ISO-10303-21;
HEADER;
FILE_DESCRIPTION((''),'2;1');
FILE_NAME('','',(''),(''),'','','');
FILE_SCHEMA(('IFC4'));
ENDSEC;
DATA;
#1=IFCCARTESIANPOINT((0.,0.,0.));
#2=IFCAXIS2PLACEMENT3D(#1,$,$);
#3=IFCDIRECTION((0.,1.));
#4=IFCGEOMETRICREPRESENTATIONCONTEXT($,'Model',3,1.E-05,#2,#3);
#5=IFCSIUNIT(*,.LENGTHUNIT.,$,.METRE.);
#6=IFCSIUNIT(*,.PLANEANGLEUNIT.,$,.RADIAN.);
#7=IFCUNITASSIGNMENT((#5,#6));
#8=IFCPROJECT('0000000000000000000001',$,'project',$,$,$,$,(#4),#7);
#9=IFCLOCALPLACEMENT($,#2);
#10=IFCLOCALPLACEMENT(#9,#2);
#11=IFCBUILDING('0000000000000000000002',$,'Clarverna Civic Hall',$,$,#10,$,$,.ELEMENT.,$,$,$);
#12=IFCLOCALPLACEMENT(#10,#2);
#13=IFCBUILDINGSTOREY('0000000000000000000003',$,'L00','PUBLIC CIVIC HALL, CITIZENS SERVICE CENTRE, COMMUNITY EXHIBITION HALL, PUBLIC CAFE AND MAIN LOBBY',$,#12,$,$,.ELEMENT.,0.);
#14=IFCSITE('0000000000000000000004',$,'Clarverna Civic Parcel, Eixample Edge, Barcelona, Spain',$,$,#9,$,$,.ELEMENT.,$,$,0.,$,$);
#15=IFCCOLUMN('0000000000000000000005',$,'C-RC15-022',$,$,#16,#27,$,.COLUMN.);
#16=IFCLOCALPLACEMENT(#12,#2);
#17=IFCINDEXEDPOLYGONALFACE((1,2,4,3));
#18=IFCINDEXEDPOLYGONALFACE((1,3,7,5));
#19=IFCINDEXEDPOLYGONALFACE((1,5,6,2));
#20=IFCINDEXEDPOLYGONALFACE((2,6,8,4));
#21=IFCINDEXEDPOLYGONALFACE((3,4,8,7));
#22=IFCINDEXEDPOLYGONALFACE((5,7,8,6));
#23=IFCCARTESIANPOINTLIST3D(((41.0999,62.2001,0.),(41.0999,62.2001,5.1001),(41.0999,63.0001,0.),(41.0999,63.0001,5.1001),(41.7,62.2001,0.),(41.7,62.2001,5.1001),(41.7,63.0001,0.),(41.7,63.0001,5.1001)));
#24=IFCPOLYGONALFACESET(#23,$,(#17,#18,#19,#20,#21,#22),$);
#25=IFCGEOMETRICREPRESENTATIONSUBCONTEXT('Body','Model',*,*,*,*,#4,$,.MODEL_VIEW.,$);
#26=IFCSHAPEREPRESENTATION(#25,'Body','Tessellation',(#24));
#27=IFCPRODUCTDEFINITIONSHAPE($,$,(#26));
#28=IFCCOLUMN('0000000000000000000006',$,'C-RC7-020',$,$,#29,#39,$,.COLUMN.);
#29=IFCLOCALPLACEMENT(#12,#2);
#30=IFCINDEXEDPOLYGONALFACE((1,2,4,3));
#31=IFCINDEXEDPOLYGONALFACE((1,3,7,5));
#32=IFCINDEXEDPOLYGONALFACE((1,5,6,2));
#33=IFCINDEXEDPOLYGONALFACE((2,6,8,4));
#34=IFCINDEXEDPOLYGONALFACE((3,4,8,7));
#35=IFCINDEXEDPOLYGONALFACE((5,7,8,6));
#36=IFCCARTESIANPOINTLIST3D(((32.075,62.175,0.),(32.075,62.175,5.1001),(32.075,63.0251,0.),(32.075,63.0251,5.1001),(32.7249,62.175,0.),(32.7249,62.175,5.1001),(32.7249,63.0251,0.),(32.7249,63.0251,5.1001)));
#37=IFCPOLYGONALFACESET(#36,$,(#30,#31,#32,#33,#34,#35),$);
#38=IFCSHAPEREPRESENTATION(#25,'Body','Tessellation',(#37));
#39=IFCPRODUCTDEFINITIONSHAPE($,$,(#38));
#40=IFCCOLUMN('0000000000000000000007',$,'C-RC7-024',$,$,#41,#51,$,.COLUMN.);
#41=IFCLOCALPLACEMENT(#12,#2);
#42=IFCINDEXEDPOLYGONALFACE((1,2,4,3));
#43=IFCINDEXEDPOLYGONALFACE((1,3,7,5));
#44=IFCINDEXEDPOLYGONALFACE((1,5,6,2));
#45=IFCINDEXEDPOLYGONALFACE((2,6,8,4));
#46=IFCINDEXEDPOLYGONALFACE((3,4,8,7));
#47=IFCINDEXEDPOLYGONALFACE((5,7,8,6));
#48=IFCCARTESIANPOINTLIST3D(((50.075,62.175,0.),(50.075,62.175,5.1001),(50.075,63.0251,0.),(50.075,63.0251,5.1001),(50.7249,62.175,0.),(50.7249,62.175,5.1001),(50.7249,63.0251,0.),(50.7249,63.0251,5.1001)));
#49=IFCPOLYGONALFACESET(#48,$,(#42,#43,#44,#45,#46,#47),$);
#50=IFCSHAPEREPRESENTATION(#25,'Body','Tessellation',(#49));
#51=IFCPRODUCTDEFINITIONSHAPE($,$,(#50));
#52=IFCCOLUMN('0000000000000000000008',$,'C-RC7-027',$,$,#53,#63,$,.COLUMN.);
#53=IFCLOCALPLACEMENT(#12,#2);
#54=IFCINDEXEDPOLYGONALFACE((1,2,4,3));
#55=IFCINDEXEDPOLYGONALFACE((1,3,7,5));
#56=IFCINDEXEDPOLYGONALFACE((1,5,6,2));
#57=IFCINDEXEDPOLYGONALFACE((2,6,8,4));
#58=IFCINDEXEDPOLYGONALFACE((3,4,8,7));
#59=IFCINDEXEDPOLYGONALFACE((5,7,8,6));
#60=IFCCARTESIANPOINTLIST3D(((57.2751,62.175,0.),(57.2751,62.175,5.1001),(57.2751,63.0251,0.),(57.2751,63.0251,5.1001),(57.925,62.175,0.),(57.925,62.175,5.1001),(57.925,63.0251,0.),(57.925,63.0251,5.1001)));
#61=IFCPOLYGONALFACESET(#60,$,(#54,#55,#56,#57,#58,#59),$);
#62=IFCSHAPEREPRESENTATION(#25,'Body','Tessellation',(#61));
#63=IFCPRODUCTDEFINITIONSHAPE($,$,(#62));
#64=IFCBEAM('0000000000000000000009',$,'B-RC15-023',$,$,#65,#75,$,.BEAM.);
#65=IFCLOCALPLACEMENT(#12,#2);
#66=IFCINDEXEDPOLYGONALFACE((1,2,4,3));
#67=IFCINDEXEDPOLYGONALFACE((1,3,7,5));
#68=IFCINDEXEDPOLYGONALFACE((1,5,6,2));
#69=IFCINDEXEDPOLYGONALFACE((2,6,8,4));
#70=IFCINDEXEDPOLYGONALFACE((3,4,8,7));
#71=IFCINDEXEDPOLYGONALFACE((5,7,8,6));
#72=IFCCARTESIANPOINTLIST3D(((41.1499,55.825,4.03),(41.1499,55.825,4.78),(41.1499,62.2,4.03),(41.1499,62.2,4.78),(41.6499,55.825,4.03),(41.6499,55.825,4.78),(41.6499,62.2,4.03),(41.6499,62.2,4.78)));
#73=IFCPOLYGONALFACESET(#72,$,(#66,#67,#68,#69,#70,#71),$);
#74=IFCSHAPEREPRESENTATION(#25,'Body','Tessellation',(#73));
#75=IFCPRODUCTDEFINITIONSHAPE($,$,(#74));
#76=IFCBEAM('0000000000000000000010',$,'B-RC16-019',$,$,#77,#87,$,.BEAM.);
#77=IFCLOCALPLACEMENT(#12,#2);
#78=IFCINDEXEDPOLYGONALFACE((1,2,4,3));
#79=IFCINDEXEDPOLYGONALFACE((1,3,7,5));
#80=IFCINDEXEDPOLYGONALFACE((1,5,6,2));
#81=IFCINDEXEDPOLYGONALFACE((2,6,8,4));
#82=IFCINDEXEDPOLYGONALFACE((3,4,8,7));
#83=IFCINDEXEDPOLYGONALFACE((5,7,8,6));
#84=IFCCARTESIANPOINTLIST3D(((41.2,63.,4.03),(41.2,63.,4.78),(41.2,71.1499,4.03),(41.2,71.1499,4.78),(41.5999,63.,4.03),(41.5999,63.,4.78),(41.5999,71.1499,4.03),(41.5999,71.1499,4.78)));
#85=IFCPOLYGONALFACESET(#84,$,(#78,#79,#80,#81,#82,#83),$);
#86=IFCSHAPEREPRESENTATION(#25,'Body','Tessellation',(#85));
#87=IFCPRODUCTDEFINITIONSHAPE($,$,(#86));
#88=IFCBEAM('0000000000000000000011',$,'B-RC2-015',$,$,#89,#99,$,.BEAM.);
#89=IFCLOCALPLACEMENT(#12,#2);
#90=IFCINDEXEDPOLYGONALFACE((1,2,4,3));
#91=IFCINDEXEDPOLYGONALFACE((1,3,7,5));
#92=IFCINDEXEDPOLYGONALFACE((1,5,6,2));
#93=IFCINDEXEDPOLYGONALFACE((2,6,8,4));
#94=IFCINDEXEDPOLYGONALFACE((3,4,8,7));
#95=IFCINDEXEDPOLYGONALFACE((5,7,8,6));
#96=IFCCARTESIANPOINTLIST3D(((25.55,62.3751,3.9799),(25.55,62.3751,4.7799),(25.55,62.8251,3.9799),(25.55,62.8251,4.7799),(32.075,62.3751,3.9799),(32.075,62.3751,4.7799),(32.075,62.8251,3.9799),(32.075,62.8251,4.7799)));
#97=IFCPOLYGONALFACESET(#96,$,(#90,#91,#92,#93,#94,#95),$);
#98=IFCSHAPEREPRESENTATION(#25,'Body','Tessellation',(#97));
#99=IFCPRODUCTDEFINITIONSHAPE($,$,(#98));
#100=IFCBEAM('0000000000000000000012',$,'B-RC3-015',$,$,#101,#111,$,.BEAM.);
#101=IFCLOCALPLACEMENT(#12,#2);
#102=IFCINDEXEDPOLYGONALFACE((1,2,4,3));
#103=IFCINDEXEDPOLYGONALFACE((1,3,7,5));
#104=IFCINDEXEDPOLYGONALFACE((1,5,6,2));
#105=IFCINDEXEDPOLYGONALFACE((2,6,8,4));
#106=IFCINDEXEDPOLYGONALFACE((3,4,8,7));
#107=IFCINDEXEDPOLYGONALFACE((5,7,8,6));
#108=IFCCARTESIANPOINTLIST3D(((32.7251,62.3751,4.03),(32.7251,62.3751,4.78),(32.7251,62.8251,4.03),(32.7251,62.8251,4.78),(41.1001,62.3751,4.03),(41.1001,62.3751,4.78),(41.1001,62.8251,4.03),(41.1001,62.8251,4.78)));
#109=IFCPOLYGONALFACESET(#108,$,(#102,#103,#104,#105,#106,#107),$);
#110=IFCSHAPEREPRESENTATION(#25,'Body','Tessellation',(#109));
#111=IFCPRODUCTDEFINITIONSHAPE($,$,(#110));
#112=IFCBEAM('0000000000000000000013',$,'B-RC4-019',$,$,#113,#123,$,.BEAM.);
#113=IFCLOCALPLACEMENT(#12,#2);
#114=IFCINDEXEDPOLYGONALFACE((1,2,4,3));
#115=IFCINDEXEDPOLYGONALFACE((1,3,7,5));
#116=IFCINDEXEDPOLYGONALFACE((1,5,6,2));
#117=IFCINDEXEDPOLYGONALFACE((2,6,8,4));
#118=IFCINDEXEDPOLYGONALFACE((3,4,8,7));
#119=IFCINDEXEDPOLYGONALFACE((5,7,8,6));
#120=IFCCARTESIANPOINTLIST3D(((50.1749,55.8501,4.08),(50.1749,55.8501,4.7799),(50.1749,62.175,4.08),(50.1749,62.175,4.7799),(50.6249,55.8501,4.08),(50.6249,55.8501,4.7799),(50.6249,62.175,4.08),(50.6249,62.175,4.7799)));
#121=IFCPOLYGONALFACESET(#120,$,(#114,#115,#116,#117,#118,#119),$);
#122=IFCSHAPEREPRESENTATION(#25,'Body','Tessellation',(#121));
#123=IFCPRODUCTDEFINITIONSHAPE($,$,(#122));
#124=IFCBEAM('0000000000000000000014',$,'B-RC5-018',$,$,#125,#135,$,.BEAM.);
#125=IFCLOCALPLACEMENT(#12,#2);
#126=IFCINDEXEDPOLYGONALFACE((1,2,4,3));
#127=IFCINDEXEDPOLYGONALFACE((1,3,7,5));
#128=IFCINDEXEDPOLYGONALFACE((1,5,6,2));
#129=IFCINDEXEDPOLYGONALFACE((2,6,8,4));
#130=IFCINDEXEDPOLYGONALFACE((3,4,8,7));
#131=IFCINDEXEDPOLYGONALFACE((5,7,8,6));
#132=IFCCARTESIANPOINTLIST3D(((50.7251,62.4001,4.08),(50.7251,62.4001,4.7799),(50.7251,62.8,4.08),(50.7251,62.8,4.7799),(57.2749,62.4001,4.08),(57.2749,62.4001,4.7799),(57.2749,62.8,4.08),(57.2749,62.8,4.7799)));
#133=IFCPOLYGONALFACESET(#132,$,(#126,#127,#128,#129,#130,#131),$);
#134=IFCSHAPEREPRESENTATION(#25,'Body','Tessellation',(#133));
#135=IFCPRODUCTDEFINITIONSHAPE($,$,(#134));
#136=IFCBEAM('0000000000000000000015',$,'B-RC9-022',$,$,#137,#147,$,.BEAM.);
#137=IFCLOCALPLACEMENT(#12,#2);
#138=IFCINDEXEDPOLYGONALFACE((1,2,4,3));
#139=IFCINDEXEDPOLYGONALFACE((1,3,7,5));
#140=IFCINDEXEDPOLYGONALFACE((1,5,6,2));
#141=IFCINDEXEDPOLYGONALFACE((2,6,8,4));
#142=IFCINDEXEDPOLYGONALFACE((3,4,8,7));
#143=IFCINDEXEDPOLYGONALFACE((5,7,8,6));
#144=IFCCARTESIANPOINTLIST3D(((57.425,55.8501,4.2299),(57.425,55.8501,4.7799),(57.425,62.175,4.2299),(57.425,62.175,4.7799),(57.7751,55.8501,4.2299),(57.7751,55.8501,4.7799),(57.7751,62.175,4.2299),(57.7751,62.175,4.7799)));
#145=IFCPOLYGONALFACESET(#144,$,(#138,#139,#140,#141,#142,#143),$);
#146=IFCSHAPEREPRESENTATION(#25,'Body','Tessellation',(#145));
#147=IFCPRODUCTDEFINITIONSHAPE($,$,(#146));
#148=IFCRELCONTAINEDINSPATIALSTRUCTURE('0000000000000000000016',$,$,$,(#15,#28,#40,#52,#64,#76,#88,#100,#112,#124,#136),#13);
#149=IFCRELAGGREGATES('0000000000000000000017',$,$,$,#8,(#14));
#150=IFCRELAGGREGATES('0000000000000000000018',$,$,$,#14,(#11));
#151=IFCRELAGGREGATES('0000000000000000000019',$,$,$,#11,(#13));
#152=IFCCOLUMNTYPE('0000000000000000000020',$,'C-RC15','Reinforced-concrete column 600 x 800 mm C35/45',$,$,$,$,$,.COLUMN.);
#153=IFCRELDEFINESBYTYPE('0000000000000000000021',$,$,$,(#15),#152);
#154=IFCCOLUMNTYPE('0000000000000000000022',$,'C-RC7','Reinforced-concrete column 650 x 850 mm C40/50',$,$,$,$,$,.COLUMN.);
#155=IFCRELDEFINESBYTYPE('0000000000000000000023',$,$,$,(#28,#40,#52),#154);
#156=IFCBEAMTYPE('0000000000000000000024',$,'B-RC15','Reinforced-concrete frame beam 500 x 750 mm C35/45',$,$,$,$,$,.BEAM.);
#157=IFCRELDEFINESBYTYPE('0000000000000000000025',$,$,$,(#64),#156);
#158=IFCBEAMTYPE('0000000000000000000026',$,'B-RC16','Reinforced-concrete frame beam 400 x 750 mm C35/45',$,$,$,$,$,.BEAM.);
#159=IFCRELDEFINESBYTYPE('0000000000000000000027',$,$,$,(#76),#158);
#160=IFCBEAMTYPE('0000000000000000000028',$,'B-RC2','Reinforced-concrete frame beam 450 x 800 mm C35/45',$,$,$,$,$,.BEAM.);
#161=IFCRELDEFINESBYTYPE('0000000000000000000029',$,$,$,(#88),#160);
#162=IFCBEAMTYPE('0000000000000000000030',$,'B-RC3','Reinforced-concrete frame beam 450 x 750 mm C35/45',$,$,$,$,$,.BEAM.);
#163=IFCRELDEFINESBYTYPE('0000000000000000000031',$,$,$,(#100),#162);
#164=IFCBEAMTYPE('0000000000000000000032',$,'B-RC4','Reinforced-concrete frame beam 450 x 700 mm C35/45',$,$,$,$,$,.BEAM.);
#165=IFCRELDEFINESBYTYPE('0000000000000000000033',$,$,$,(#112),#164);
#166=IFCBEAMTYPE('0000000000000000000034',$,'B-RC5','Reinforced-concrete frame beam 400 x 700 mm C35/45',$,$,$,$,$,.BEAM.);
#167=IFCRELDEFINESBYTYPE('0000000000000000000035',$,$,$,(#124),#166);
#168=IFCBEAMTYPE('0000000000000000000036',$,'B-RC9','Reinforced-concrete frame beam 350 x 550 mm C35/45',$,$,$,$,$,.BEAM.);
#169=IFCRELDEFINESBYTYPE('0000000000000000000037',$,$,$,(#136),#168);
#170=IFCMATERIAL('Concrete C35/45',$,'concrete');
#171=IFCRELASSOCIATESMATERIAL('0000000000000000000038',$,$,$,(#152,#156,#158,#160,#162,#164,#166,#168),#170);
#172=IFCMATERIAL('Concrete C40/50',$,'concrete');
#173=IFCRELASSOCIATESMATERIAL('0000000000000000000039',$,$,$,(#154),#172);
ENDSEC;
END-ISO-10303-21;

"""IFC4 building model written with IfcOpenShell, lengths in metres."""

from ifc_helpers import new_model, si_unit, direction, frame, origin, origin_2d, place, context, subcontext, project, spatial, rectangle, extrude, material, material_profile, profile_set, type_object, element, save


model = new_model("IFC4")

# Units and contexts
model_context = context("Model", 3, precision=1e-05, world=origin(), true_north=direction((0.0, 1.0)))
body_context = subcontext(model_context, "Body", "Model", "MODEL_VIEW")
ifc_project = project(units=[si_unit("LENGTHUNIT", "METRE"), si_unit("PLANEANGLEUNIT", "RADIAN")], contexts=[model_context])

# Site, building, storey
site_placement = place(None, origin())
site = spatial("IfcSite", under=ifc_project, at=site_placement, Name="Clarverna Civic Parcel, Eixample Edge, Barcelona, Spain", CompositionType="ELEMENT", RefElevation=0.0)
building_placement = place(site_placement, origin())
building = spatial("IfcBuilding", under=site, at=building_placement, Name="Clarverna Civic Hall", CompositionType="ELEMENT")
storey_placement = place(building_placement, origin())
storey = spatial("IfcBuildingStorey", under=building, at=storey_placement, Name="L00", Description="PUBLIC CIVIC HALL, CITIZENS SERVICE CENTRE, COMMUNITY EXHIBITION HALL, PUBLIC CAFE AND MAIN LOBBY", CompositionType="ELEMENT", Elevation=0.0)

# Columns
ifc_material_1 = material(Name="Concrete C35/45", Category="concrete")
ifc_material_profile_1 = material_profile(ifc_material_1, rectangle(XDim=0.6001, YDim=0.8, at=origin_2d()), Name="RC 600x800")
ifc_profile_set_1 = profile_set([ifc_material_profile_1], Name="Concrete C35/45")
column_type_1 = type_object("IfcColumnType", Name="C-RC15", Description="Reinforced-concrete column 600 x 800 mm C35/45", PredefinedType="COLUMN", material=ifc_profile_set_1)
column_placement = place(storey_placement, frame((41.3999, 62.6001, 0.0), z_axis=(0.0, 0.0, 1.0), x_axis=(1.0, 0.0, 0.0)))
element("IfcColumn", 1, at=column_placement, inside=storey, type_object=column_type_1, Name="C-RC15-022", PredefinedType="COLUMN", context=body_context, shape_type="SweptSolid", body=[
    extrude(rectangle(XDim=0.6001, YDim=0.8, at=origin_2d()), origin(), (0.0, 0.0, 1.0), 5.1001),
])
ifc_material_2 = material(Name="Concrete C40/50", Category="concrete")
ifc_material_profile_2 = material_profile(ifc_material_2, rectangle(XDim=0.6499, YDim=0.8501, at=origin_2d()), Name="RC 650x850")
ifc_profile_set_2 = profile_set([ifc_material_profile_2], Name="Concrete C40/50")
column_type_2 = type_object("IfcColumnType", Name="C-RC7", Description="Reinforced-concrete column 650 x 850 mm C40/50", PredefinedType="COLUMN", material=ifc_profile_set_2)
for number, where, z_axis, x_axis, name in (
    (2, (32.3999, 62.6001, 0.0), (0.0, 0.0, 1.0), (1.0, 0.0, 0.0), "C-RC7-020"),
    (3, (50.3999, 62.6001, 0.0), (0.0, 0.0, 1.0), (1.0, 0.0, 0.0), "C-RC7-024"),
    (4, (57.6001, 62.6001, 0.0), (0.0, 0.0, 1.0), (1.0, 0.0, 0.0), "C-RC7-027"),
):
    element("IfcColumn", number, at=place(storey_placement, frame(where, z_axis=z_axis, x_axis=x_axis)), inside=storey, type_object=column_type_2, Name=name, PredefinedType="COLUMN", context=body_context, shape_type="SweptSolid", body=[
        extrude(rectangle(XDim=0.6499, YDim=0.8501, at=origin_2d()), origin(), (0.0, 0.0, 1.0), 5.1001),
    ])

# Beams
ifc_material_profile_3 = material_profile(ifc_material_1, rectangle(XDim=0.5, YDim=0.75, at=origin_2d()), Name="RC 500x750")
ifc_profile_set_3 = profile_set([ifc_material_profile_3], Name="Concrete C35/45")
beam_type_1 = type_object("IfcBeamType", Name="B-RC15", Description="Reinforced-concrete frame beam 500 x 750 mm C35/45", PredefinedType="BEAM", material=ifc_profile_set_3)
beam_1_placement = place(storey_placement, frame((41.3999, 55.825, 4.405), z_axis=(0.0, 1.0, 0.0), x_axis=(-1.0, 0.0, 0.0)))
element("IfcBeam", 5, at=beam_1_placement, inside=storey, type_object=beam_type_1, Name="B-RC15-023", PredefinedType="BEAM", context=body_context, shape_type="SweptSolid", body=[
    extrude(rectangle(XDim=0.5, YDim=0.75, at=origin_2d()), origin(), (0.0, 0.0, 1.0), 6.375),
])
ifc_material_profile_4 = material_profile(ifc_material_1, rectangle(XDim=0.3999, YDim=0.75, at=origin_2d()), Name="RC 400x750")
ifc_profile_set_4 = profile_set([ifc_material_profile_4], Name="Concrete C35/45")
beam_type_2 = type_object("IfcBeamType", Name="B-RC16", Description="Reinforced-concrete frame beam 400 x 750 mm C35/45", PredefinedType="BEAM", material=ifc_profile_set_4)
beam_2_placement = place(storey_placement, frame((41.3999, 63.0, 4.405), z_axis=(0.0, 1.0, 0.0), x_axis=(-1.0, 0.0, 0.0)))
element("IfcBeam", 6, at=beam_2_placement, inside=storey, type_object=beam_type_2, Name="B-RC16-019", PredefinedType="BEAM", context=body_context, shape_type="SweptSolid", body=[
    extrude(rectangle(XDim=0.3999, YDim=0.75, at=origin_2d()), origin(), (0.0, 0.0, 1.0), 8.1499),
])
ifc_material_profile_5 = material_profile(ifc_material_1, rectangle(XDim=0.45, YDim=0.8, at=origin_2d()), Name="RC 450x800")
ifc_profile_set_5 = profile_set([ifc_material_profile_5], Name="Concrete C35/45")
beam_type_3 = type_object("IfcBeamType", Name="B-RC2", Description="Reinforced-concrete frame beam 450 x 800 mm C35/45", PredefinedType="BEAM", material=ifc_profile_set_5)
beam_3_placement = place(storey_placement, frame((25.55, 62.6001, 4.3799), z_axis=(1.0, 0.0, 0.0), x_axis=(0.0, 1.0, 0.0)))
element("IfcBeam", 7, at=beam_3_placement, inside=storey, type_object=beam_type_3, Name="B-RC2-015", PredefinedType="BEAM", context=body_context, shape_type="SweptSolid", body=[
    extrude(rectangle(XDim=0.45, YDim=0.8, at=origin_2d()), origin(), (0.0, 0.0, 1.0), 6.5249),
])
ifc_material_profile_6 = material_profile(ifc_material_1, rectangle(XDim=0.45, YDim=0.75, at=origin_2d()), Name="RC 450x750")
ifc_profile_set_6 = profile_set([ifc_material_profile_6], Name="Concrete C35/45")
beam_type_4 = type_object("IfcBeamType", Name="B-RC3", Description="Reinforced-concrete frame beam 450 x 750 mm C35/45", PredefinedType="BEAM", material=ifc_profile_set_6)
beam_4_placement = place(storey_placement, frame((32.7251, 62.6001, 4.405), z_axis=(1.0, 0.0, 0.0), x_axis=(0.0, 1.0, 0.0)))
element("IfcBeam", 8, at=beam_4_placement, inside=storey, type_object=beam_type_4, Name="B-RC3-015", PredefinedType="BEAM", context=body_context, shape_type="SweptSolid", body=[
    extrude(rectangle(XDim=0.45, YDim=0.75, at=origin_2d()), origin(), (0.0, 0.0, 1.0), 8.375),
])
ifc_material_profile_7 = material_profile(ifc_material_1, rectangle(XDim=0.45, YDim=0.7, at=origin_2d()), Name="RC 450x700")
ifc_profile_set_7 = profile_set([ifc_material_profile_7], Name="Concrete C35/45")
beam_type_5 = type_object("IfcBeamType", Name="B-RC4", Description="Reinforced-concrete frame beam 450 x 700 mm C35/45", PredefinedType="BEAM", material=ifc_profile_set_7)
beam_5_placement = place(storey_placement, frame((50.3999, 55.8501, 4.4299), z_axis=(0.0, 1.0, 0.0), x_axis=(-1.0, 0.0, 0.0)))
element("IfcBeam", 9, at=beam_5_placement, inside=storey, type_object=beam_type_5, Name="B-RC4-019", PredefinedType="BEAM", context=body_context, shape_type="SweptSolid", body=[
    extrude(rectangle(XDim=0.45, YDim=0.7, at=origin_2d()), origin(), (0.0, 0.0, 1.0), 6.325),
])
ifc_material_profile_8 = material_profile(ifc_material_1, rectangle(XDim=0.3999, YDim=0.7, at=origin_2d()), Name="RC 400x700")
ifc_profile_set_8 = profile_set([ifc_material_profile_8], Name="Concrete C35/45")
beam_type_6 = type_object("IfcBeamType", Name="B-RC5", Description="Reinforced-concrete frame beam 400 x 700 mm C35/45", PredefinedType="BEAM", material=ifc_profile_set_8)
beam_6_placement = place(storey_placement, frame((50.7251, 62.6001, 4.4299), z_axis=(1.0, 0.0, 0.0), x_axis=(0.0, 1.0, 0.0)))
element("IfcBeam", 10, at=beam_6_placement, inside=storey, type_object=beam_type_6, Name="B-RC5-018", PredefinedType="BEAM", context=body_context, shape_type="SweptSolid", body=[
    extrude(rectangle(XDim=0.3999, YDim=0.7, at=origin_2d()), origin(), (0.0, 0.0, 1.0), 6.5498),
])
ifc_material_profile_9 = material_profile(ifc_material_1, rectangle(XDim=0.3501, YDim=0.55, at=origin_2d()), Name="RC 350x550")
ifc_profile_set_9 = profile_set([ifc_material_profile_9], Name="Concrete C35/45")
beam_type_7 = type_object("IfcBeamType", Name="B-RC9", Description="Reinforced-concrete frame beam 350 x 550 mm C35/45", PredefinedType="BEAM", material=ifc_profile_set_9)
beam_7_placement = place(storey_placement, frame((57.6001, 55.8501, 4.5049), z_axis=(0.0, 1.0, 0.0), x_axis=(-1.0, 0.0, 0.0)))
element("IfcBeam", 11, at=beam_7_placement, inside=storey, type_object=beam_type_7, Name="B-RC9-022", PredefinedType="BEAM", context=body_context, shape_type="SweptSolid", body=[
    extrude(rectangle(XDim=0.3501, YDim=0.55, at=origin_2d()), origin(), (0.0, 0.0, 1.0), 6.325),
])

save(model, "model.ifc")
